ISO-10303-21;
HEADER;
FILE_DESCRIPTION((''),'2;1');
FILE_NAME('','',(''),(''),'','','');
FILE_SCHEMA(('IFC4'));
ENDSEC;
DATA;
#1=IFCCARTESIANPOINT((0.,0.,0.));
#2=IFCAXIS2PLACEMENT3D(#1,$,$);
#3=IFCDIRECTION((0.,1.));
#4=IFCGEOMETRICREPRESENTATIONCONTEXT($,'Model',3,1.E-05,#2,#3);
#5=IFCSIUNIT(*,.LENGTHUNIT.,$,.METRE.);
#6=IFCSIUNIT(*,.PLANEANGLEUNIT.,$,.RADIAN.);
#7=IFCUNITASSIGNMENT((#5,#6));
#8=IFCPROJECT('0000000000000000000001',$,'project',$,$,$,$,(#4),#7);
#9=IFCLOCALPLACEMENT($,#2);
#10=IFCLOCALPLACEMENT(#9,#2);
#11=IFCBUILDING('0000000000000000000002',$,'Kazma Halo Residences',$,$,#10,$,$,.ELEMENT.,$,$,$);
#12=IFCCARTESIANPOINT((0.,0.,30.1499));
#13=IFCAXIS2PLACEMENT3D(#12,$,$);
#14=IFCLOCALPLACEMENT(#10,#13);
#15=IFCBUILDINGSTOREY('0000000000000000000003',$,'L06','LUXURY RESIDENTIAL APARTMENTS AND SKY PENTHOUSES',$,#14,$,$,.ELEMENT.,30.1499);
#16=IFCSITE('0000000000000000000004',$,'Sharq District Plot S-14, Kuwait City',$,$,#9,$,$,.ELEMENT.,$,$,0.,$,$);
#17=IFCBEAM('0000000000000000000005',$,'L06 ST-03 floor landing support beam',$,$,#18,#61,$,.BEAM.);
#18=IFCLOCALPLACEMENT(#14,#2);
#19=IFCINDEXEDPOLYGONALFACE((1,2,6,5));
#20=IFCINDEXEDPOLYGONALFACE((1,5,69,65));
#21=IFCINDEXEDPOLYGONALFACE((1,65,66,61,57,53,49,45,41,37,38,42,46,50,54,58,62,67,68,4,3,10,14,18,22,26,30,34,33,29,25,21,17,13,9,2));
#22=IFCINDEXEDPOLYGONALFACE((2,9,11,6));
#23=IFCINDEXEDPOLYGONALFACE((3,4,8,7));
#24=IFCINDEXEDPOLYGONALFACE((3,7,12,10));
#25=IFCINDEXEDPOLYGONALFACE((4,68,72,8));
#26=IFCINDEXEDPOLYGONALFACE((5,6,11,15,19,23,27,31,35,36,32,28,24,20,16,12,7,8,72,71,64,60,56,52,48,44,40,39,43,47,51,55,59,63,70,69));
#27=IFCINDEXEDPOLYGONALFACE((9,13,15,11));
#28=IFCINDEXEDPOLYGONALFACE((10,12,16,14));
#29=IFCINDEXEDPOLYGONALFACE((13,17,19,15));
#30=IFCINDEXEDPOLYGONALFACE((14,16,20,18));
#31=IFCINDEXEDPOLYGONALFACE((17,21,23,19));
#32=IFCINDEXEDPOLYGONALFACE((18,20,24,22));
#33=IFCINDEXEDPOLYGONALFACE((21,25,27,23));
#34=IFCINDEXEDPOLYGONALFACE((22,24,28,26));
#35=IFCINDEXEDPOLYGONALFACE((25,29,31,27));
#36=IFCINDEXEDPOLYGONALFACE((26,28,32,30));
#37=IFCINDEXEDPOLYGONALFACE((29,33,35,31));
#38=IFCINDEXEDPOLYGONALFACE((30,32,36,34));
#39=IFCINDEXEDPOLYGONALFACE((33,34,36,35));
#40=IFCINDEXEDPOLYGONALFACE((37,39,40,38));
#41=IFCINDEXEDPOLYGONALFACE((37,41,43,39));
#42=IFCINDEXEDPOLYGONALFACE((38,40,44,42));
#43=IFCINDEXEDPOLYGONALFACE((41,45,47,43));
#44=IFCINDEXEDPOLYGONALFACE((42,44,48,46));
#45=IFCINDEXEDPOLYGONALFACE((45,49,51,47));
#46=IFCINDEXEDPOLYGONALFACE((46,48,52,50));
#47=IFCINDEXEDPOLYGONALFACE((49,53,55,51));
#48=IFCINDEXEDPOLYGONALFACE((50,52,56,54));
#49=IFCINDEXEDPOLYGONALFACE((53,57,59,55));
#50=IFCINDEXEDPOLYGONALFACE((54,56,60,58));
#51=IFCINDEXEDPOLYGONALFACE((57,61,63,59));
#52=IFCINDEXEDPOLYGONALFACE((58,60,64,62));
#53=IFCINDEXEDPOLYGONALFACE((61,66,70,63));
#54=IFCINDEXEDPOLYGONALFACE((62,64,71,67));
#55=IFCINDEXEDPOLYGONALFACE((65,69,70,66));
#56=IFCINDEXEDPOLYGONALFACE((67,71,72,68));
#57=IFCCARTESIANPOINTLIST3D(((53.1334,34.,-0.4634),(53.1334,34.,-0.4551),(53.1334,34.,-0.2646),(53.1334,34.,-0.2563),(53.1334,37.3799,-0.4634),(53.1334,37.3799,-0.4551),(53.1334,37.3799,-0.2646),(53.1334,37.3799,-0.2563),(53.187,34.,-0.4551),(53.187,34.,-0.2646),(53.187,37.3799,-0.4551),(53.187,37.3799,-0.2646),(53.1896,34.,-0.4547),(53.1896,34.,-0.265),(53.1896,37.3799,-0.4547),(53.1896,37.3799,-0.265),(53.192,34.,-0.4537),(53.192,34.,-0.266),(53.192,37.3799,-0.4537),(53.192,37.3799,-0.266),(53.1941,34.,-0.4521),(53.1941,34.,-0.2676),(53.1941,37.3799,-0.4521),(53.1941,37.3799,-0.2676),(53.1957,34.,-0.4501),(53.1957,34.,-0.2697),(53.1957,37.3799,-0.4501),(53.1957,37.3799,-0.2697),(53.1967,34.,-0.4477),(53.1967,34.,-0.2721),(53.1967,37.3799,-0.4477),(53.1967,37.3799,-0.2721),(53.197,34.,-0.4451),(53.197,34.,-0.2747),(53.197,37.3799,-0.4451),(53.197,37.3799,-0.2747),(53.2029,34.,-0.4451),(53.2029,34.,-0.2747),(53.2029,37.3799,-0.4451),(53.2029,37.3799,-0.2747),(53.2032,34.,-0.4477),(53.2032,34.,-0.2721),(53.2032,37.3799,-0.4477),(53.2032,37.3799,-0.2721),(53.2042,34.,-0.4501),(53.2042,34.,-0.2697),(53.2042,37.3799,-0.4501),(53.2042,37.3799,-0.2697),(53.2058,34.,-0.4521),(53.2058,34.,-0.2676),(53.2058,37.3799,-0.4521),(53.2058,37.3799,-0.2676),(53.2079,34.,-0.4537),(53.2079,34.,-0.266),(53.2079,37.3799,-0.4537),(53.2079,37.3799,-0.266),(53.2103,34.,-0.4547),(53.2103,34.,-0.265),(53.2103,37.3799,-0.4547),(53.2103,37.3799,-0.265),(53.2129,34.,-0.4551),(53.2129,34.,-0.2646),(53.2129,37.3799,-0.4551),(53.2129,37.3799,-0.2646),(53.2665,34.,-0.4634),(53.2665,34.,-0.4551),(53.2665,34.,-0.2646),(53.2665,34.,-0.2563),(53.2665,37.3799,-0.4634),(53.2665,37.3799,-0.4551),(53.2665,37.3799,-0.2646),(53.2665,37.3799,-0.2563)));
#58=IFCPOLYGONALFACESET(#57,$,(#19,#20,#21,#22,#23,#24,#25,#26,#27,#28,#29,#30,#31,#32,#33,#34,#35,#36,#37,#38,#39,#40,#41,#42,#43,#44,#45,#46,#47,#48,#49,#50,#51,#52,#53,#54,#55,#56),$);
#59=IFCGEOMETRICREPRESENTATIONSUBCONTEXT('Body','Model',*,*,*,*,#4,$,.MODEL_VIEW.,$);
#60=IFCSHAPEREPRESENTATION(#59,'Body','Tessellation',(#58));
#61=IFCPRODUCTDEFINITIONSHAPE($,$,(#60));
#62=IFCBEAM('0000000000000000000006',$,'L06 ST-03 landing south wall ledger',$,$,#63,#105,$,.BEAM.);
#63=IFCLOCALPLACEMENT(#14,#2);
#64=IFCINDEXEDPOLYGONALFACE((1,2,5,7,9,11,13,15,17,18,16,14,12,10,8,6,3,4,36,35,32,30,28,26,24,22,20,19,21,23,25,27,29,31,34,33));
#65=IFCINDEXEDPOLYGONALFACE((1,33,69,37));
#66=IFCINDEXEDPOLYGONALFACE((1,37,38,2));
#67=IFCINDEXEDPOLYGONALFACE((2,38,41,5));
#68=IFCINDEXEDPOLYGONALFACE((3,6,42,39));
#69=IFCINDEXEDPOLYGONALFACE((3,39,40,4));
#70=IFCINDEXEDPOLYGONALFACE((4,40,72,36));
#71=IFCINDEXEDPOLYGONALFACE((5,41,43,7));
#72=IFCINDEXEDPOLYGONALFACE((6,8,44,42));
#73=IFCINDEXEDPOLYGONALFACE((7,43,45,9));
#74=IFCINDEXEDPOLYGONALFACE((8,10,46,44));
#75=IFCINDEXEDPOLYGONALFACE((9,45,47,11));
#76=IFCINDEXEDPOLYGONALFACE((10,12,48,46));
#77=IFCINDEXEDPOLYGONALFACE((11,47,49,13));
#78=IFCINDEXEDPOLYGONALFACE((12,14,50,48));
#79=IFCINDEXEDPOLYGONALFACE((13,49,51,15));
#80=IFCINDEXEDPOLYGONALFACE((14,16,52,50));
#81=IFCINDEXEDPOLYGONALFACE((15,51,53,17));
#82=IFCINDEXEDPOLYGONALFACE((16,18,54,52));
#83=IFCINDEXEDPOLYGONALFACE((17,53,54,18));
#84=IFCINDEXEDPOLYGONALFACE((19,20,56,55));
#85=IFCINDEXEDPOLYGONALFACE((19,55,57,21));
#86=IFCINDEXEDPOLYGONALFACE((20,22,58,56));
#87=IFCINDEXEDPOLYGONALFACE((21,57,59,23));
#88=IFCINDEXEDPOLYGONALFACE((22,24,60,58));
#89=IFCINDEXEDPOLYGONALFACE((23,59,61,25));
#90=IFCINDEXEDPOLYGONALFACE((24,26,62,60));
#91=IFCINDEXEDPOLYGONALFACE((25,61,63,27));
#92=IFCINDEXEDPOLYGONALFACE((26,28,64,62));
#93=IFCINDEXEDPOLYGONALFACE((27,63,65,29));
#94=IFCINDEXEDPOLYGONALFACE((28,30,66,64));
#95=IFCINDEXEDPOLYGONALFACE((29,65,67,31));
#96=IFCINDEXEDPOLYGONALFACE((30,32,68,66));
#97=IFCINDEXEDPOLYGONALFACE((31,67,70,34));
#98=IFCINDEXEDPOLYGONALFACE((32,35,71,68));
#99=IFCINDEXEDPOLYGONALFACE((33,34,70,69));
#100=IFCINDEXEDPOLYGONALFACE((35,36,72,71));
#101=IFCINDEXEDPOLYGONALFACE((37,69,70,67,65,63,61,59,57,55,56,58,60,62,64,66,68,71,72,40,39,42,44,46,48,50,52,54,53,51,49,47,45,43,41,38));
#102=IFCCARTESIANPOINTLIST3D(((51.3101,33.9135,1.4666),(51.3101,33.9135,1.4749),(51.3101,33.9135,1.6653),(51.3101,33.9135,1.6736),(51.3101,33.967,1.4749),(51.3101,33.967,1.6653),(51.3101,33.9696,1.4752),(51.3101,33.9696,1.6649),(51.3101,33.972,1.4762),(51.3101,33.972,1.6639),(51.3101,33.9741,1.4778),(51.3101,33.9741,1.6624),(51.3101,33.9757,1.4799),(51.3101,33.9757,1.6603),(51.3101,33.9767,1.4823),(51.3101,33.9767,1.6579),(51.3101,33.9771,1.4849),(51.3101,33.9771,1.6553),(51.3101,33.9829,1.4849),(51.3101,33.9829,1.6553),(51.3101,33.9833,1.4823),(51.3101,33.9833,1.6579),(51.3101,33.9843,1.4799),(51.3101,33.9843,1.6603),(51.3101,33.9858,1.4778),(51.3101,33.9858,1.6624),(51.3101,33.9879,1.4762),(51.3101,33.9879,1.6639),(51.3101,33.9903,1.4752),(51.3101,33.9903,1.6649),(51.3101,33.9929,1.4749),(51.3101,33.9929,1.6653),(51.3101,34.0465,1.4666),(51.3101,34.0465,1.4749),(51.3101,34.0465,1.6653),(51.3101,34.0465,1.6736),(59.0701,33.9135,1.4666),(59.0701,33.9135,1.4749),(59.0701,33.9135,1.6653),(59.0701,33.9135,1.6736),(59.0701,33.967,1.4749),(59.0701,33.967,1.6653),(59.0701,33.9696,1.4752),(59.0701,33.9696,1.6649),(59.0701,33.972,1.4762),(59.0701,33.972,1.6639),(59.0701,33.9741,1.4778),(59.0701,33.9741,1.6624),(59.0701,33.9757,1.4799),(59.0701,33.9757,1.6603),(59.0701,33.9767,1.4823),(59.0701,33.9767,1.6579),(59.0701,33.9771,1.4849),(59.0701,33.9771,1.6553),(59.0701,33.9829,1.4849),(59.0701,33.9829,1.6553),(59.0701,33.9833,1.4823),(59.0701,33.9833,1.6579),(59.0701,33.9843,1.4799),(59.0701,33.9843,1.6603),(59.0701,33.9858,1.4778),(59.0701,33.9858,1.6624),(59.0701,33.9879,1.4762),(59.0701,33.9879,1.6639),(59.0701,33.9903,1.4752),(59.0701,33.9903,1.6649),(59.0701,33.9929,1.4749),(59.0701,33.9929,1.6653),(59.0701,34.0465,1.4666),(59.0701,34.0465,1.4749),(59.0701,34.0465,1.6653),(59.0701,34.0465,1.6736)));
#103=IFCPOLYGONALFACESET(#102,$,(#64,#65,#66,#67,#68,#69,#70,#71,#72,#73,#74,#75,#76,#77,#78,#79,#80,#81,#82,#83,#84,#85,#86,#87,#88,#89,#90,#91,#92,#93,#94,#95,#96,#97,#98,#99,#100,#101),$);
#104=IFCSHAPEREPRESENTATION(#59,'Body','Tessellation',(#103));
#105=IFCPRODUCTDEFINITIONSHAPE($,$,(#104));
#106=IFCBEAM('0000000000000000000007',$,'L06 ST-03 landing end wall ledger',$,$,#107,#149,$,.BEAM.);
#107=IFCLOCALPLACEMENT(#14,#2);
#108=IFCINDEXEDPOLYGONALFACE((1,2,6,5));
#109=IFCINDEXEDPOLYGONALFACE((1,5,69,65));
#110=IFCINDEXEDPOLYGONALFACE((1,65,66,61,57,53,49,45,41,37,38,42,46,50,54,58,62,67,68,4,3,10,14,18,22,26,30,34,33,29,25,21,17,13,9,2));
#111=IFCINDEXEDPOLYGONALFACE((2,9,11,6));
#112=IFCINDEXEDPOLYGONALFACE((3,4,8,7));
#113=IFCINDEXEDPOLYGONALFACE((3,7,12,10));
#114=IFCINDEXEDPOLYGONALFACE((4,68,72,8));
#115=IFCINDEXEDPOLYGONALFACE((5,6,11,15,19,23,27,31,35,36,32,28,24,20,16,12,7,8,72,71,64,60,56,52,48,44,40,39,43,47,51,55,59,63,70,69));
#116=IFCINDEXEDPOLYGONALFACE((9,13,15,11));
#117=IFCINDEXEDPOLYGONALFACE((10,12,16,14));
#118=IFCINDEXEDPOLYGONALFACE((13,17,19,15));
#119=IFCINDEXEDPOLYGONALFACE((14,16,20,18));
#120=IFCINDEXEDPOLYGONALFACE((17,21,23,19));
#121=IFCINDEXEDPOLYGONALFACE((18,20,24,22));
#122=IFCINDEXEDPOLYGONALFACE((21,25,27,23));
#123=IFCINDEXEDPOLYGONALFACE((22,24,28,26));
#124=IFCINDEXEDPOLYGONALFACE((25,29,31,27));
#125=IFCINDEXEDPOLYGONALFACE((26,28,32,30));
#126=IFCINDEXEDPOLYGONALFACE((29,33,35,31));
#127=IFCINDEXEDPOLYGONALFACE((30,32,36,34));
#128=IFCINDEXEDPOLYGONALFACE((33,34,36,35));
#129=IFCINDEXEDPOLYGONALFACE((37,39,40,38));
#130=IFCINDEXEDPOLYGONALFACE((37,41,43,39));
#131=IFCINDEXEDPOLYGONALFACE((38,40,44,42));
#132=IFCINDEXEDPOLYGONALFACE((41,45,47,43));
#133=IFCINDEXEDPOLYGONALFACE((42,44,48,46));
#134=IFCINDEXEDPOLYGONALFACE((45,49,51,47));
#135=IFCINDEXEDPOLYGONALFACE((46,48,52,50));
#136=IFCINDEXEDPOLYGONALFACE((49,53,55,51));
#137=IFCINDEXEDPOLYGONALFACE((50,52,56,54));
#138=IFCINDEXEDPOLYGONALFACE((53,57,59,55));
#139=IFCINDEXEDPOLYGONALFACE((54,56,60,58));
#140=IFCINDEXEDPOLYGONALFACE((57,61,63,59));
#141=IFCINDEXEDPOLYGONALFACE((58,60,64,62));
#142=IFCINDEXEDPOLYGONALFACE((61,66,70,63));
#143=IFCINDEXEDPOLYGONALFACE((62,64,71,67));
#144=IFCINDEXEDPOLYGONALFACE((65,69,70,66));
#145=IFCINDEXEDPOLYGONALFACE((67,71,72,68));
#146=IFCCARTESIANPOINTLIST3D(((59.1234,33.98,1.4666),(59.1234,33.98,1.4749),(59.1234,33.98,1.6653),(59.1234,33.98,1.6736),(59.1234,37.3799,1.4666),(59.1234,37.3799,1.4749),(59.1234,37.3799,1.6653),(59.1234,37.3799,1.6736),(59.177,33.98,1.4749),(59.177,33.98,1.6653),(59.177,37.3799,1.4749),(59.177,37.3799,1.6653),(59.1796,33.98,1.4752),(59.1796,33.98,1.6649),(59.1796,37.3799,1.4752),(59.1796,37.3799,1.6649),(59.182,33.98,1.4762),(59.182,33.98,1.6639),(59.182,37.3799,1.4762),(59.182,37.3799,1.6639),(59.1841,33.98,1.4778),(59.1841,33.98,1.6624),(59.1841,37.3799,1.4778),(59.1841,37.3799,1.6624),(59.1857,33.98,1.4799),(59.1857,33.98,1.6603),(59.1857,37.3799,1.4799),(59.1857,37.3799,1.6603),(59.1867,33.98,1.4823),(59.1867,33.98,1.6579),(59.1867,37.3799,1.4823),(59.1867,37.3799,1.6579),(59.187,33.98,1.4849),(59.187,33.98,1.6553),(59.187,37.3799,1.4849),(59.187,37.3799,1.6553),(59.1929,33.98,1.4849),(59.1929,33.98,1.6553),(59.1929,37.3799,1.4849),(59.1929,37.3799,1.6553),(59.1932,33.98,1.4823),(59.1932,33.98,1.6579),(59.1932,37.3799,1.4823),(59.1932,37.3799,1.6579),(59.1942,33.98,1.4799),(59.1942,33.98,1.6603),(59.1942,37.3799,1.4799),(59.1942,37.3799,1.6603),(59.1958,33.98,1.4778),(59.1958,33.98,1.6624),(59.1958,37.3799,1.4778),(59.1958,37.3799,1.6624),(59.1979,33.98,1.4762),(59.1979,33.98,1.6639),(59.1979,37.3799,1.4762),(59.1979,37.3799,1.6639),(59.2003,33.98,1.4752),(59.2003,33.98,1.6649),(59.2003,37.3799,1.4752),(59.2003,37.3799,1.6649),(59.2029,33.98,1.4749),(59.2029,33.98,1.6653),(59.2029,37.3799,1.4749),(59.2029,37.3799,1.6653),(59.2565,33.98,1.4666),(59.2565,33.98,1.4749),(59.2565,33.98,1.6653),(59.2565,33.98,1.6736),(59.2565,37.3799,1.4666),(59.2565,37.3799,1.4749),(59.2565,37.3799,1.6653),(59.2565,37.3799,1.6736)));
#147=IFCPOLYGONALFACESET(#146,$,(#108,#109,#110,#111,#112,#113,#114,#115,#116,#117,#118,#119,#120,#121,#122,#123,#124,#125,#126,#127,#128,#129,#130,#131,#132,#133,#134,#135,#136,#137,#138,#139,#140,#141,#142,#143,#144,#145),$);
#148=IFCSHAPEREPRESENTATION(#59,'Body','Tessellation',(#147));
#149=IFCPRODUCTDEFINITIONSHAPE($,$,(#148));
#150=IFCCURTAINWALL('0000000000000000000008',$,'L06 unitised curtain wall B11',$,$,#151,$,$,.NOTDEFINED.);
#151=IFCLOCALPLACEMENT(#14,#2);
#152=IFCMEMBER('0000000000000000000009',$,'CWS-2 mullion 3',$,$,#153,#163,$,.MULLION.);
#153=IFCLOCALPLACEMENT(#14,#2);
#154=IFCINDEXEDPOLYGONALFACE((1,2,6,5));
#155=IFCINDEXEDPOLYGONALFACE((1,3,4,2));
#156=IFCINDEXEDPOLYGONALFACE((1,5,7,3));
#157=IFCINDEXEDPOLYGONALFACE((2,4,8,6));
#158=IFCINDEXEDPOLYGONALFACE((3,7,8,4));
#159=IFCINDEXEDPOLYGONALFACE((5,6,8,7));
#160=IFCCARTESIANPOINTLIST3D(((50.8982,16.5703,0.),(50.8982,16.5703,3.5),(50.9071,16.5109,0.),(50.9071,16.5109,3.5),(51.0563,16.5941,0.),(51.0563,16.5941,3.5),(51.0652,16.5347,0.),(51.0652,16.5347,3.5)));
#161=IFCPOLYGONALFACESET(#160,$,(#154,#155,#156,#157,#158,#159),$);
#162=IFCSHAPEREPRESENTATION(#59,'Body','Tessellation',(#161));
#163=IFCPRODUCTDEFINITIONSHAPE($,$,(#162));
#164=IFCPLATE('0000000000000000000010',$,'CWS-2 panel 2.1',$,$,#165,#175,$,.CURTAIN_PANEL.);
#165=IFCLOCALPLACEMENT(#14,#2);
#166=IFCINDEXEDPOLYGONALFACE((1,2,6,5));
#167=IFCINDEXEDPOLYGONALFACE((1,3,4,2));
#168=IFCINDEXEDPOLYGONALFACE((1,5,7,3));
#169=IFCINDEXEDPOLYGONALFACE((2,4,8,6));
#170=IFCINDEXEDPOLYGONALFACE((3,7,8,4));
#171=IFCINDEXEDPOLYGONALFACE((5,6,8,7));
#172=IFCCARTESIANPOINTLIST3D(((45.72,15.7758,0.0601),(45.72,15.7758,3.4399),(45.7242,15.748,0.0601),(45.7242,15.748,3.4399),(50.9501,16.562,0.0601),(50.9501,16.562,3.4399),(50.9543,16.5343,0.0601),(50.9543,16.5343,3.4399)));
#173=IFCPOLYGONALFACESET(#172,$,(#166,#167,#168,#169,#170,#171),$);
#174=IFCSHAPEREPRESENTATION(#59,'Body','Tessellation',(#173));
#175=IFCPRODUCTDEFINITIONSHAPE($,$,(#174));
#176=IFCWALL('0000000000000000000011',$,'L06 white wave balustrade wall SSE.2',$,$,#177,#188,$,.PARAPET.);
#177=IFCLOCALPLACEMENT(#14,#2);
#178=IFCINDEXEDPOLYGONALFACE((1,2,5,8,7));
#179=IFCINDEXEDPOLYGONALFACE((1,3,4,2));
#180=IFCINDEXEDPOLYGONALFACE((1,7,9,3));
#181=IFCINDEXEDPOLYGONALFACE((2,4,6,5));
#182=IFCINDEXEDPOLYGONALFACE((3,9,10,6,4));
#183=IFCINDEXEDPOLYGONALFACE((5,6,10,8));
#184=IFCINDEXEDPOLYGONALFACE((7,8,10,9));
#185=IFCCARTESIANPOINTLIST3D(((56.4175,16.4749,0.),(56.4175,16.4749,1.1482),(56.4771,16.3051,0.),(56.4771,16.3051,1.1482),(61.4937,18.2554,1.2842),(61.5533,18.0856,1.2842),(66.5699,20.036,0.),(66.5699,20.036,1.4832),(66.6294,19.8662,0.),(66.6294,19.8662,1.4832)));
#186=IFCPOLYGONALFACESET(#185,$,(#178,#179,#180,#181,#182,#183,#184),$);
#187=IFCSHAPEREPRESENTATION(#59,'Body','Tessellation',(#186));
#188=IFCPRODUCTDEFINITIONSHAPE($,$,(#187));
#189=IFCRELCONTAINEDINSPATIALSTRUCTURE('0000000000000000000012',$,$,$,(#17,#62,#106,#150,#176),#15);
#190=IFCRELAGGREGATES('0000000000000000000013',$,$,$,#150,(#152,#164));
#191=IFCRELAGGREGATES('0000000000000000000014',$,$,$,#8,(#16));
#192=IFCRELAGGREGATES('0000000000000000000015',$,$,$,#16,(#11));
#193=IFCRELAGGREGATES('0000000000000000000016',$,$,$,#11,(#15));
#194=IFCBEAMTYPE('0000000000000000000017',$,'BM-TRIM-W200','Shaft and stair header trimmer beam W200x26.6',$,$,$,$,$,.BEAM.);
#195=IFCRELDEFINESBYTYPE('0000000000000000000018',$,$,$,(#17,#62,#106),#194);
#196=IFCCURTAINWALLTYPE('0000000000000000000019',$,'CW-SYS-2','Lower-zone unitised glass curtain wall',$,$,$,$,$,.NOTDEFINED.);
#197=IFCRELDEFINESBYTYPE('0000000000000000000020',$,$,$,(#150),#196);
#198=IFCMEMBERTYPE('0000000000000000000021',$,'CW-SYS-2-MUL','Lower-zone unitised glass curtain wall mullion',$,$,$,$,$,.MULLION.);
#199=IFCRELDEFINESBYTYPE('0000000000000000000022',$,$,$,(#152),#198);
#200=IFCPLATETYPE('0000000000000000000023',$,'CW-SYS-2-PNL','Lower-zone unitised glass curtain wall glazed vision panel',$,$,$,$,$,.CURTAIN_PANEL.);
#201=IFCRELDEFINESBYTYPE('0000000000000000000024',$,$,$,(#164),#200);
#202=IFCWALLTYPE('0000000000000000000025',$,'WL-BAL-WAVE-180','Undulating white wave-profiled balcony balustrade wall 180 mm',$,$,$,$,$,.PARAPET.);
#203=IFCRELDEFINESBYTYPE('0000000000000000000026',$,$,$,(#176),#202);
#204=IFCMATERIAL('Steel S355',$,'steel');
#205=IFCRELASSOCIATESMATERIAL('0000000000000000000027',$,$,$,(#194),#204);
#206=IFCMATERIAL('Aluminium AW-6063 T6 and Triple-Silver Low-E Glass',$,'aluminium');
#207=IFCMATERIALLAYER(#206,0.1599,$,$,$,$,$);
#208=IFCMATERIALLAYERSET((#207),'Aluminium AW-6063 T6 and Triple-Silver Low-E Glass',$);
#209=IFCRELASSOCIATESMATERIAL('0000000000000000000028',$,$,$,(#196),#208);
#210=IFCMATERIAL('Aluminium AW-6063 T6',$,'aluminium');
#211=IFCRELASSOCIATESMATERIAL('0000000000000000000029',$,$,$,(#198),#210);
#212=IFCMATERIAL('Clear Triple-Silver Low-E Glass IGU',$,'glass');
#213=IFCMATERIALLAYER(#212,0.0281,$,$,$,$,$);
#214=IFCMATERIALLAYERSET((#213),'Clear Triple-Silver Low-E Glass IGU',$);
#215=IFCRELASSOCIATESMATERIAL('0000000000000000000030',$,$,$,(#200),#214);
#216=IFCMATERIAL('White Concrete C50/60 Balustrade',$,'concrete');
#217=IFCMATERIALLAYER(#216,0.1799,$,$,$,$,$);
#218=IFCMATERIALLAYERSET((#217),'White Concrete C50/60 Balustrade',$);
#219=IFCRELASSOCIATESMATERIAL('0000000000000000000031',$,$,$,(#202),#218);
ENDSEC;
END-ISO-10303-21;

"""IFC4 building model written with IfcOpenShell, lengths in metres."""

from ifc_helpers import new_model, si_unit, direction, frame, origin, origin_2d, place, context, subcontext, project, spatial, polyline, rectangle, i_section, outline, extrude, material, layer, layer_set, material_profile, profile_set, type_object, element, aggregate, save


model = new_model("IFC4")

# Units and contexts
model_context = context("Model", 3, precision=1e-05, world=origin(), true_north=direction((0.0, 1.0)))
body_context = subcontext(model_context, "Body", "Model", "MODEL_VIEW")
ifc_project = project(units=[si_unit("LENGTHUNIT", "METRE"), si_unit("PLANEANGLEUNIT", "RADIAN")], contexts=[model_context])

# Site, building, storey
site_placement = place(None, origin())
site = spatial("IfcSite", under=ifc_project, at=site_placement, Name="Sharq District Plot S-14, Kuwait City", CompositionType="ELEMENT", RefElevation=0.0)
building_placement = place(site_placement, origin())
building = spatial("IfcBuilding", under=site, at=building_placement, Name="Kazma Halo Residences", CompositionType="ELEMENT")
storey_placement = place(building_placement, frame((0.0, 0.0, 30.1499)))
storey = spatial("IfcBuildingStorey", under=building, at=storey_placement, Name="L06", Description="LUXURY RESIDENTIAL APARTMENTS AND SKY PENTHOUSES", CompositionType="ELEMENT", Elevation=30.1499)

# Beams
ifc_material_1 = material(Name="Steel S355", Category="steel")
ifc_material_profile_1 = material_profile(ifc_material_1, i_section(OverallWidth=0.1331, OverallDepth=0.207, WebThickness=0.0059, FlangeThickness=0.0083, FilletRadius=0.01, at=origin_2d()), Name="W200x26.6")
ifc_profile_set_1 = profile_set([ifc_material_profile_1], Name="Steel S355")
beam_type_1 = type_object("IfcBeamType", Name="BM-TRIM-W200", Description="Shaft and stair header trimmer beam W200x26.6", PredefinedType="BEAM", material=ifc_profile_set_1)
beam_1_placement = place(storey_placement, frame((53.2, 34.0, -0.3599), z_axis=(0.0, 1.0, 0.0), x_axis=(-1.0, 0.0, 0.0)))
element("IfcBeam", 1, at=beam_1_placement, inside=storey, type_object=beam_type_1, Name="L06 ST-03 floor landing support beam", PredefinedType="BEAM", context=body_context, shape_type="SweptSolid", body=[
    extrude(i_section(OverallWidth=0.1331, OverallDepth=0.207, WebThickness=0.0059, FlangeThickness=0.0083, FilletRadius=0.01, at=origin_2d()), origin(), (0.0, 0.0, 1.0), 3.3799),
])
beam_2_placement = place(storey_placement, frame((51.3101, 33.98, 1.5701), z_axis=(1.0, 0.0, 0.0), x_axis=(0.0, 1.0, 0.0)))
element("IfcBeam", 2, at=beam_2_placement, inside=storey, type_object=beam_type_1, Name="L06 ST-03 landing south wall ledger", PredefinedType="BEAM", context=body_context, shape_type="SweptSolid", body=[
    extrude(i_section(OverallWidth=0.1331, OverallDepth=0.207, WebThickness=0.0059, FlangeThickness=0.0083, FilletRadius=0.01, at=origin_2d()), origin(), (0.0, 0.0, 1.0), 7.76),
])
beam_3_placement = place(storey_placement, frame((59.1899, 33.98, 1.5701), z_axis=(0.0, 1.0, 0.0), x_axis=(-1.0, 0.0, 0.0)))
element("IfcBeam", 3, at=beam_3_placement, inside=storey, type_object=beam_type_1, Name="L06 ST-03 landing end wall ledger", PredefinedType="BEAM", context=body_context, shape_type="SweptSolid", body=[
    extrude(i_section(OverallWidth=0.1331, OverallDepth=0.207, WebThickness=0.0059, FlangeThickness=0.0083, FilletRadius=0.01, at=origin_2d()), origin(), (0.0, 0.0, 1.0), 3.3999),
])

# Curtain wall, member, plate
ifc_material_2 = material(Name="Aluminium AW-6063 T6 and Triple-Silver Low-E Glass", Category="aluminium")
ifc_layer_1 = layer(ifc_material_2, 0.1599)
ifc_layer_set_1 = layer_set([ifc_layer_1], Name="Aluminium AW-6063 T6 and Triple-Silver Low-E Glass")
curtain_wall_type = type_object("IfcCurtainWallType", Name="CW-SYS-2", Description="Lower-zone unitised glass curtain wall", PredefinedType="NOTDEFINED", material=ifc_layer_set_1)
curtain_wall_placement = place(storey_placement, origin())
curtain_wall = element("IfcCurtainWall", 4, at=curtain_wall_placement, inside=storey, type_object=curtain_wall_type, Name="L06 unitised curtain wall B11", PredefinedType="NOTDEFINED")
ifc_material_3 = material(Name="Aluminium AW-6063 T6", Category="aluminium")
ifc_material_profile_2 = material_profile(ifc_material_3, rectangle(XDim=0.0601, YDim=0.1599, at=origin_2d()), Name="CWM-60x160")
ifc_profile_set_2 = profile_set([ifc_material_profile_2], Name="Aluminium AW-6063 T6")
member_type = type_object("IfcMemberType", Name="CW-SYS-2-MUL", Description="Lower-zone unitised glass curtain wall mullion", PredefinedType="MULLION", material=ifc_profile_set_2)
member_placement = place(storey_placement, frame((50.9817, 16.5525, 0.0), z_axis=(0.0, 0.0, 1.0), x_axis=(-0.148657, 0.988889, 0.0)))
member = element("IfcMember", 5, at=member_placement, type_object=member_type, Name="CWS-2 mullion 3", PredefinedType="MULLION", context=body_context, shape_type="SweptSolid", body=[
    extrude(rectangle(XDim=0.0601, YDim=0.1599, at=origin_2d()), origin(), (0.0, 0.0, 1.0), 3.5),
])
ifc_material_4 = material(Name="Clear Triple-Silver Low-E Glass IGU", Category="glass")
ifc_layer_2 = layer(ifc_material_4, 0.0281)
ifc_layer_set_2 = layer_set([ifc_layer_2], Name="Clear Triple-Silver Low-E Glass IGU")
plate_type = type_object("IfcPlateType", Name="CW-SYS-2-PNL", Description="Lower-zone unitised glass curtain wall glazed vision panel", PredefinedType="CURTAIN_PANEL", material=ifc_layer_set_2)
plate_placement = place(storey_placement, frame((48.3372, 16.155, 0.0601), z_axis=(0.0, 0.0, 1.0), x_axis=(0.988889, 0.148657, 0.0)))
plate = element("IfcPlate", 6, at=plate_placement, type_object=plate_type, Name="CWS-2 panel 2.1", PredefinedType="CURTAIN_PANEL", context=body_context, shape_type="SweptSolid", body=[
    extrude(rectangle(XDim=5.2888, YDim=0.0281, at=origin_2d()), origin(), (0.0, 0.0, 1.0), 3.3799),
])
aggregate(curtain_wall, [member, plate])

# Wall
ifc_material_5 = material(Name="White Concrete C50/60 Balustrade", Category="concrete")
ifc_layer_3 = layer(ifc_material_5, 0.1799)
ifc_layer_set_3 = layer_set([ifc_layer_3], Name="White Concrete C50/60 Balustrade")
wall_type_1 = type_object("IfcWallType", Name="WL-BAL-WAVE-180", Description="Undulating white wave-profiled balcony balustrade wall 180 mm", PredefinedType="PARAPET", material=ifc_layer_set_3)
wall_1_placement = place(storey_placement, frame((56.4473, 16.3901, 0.0), z_axis=(0.0, 0.0, 1.0), x_axis=(0.943635, 0.330989, 0.0)))
element("IfcWall", 7, at=wall_1_placement, inside=storey, type_object=wall_type_1, Name="L06 white wave balustrade wall SSE.2", PredefinedType="PARAPET", context=body_context, shape_type="SweptSolid", body=[
    extrude(outline(polyline([(0.0, 0.0), (10.7588, 0.0), (10.7588, 1.4832), (5.3794, 1.2842), (0.0, 1.1482), (0.0, 0.0)])), frame((0.0, 0.0898, 0.0), z_axis=(0.0, -1.0, 0.0), x_axis=(1.0, 0.0, 0.0)), (0.0, 0.0, 1.0), 0.1799),
])

save(model, "model.ifc")
